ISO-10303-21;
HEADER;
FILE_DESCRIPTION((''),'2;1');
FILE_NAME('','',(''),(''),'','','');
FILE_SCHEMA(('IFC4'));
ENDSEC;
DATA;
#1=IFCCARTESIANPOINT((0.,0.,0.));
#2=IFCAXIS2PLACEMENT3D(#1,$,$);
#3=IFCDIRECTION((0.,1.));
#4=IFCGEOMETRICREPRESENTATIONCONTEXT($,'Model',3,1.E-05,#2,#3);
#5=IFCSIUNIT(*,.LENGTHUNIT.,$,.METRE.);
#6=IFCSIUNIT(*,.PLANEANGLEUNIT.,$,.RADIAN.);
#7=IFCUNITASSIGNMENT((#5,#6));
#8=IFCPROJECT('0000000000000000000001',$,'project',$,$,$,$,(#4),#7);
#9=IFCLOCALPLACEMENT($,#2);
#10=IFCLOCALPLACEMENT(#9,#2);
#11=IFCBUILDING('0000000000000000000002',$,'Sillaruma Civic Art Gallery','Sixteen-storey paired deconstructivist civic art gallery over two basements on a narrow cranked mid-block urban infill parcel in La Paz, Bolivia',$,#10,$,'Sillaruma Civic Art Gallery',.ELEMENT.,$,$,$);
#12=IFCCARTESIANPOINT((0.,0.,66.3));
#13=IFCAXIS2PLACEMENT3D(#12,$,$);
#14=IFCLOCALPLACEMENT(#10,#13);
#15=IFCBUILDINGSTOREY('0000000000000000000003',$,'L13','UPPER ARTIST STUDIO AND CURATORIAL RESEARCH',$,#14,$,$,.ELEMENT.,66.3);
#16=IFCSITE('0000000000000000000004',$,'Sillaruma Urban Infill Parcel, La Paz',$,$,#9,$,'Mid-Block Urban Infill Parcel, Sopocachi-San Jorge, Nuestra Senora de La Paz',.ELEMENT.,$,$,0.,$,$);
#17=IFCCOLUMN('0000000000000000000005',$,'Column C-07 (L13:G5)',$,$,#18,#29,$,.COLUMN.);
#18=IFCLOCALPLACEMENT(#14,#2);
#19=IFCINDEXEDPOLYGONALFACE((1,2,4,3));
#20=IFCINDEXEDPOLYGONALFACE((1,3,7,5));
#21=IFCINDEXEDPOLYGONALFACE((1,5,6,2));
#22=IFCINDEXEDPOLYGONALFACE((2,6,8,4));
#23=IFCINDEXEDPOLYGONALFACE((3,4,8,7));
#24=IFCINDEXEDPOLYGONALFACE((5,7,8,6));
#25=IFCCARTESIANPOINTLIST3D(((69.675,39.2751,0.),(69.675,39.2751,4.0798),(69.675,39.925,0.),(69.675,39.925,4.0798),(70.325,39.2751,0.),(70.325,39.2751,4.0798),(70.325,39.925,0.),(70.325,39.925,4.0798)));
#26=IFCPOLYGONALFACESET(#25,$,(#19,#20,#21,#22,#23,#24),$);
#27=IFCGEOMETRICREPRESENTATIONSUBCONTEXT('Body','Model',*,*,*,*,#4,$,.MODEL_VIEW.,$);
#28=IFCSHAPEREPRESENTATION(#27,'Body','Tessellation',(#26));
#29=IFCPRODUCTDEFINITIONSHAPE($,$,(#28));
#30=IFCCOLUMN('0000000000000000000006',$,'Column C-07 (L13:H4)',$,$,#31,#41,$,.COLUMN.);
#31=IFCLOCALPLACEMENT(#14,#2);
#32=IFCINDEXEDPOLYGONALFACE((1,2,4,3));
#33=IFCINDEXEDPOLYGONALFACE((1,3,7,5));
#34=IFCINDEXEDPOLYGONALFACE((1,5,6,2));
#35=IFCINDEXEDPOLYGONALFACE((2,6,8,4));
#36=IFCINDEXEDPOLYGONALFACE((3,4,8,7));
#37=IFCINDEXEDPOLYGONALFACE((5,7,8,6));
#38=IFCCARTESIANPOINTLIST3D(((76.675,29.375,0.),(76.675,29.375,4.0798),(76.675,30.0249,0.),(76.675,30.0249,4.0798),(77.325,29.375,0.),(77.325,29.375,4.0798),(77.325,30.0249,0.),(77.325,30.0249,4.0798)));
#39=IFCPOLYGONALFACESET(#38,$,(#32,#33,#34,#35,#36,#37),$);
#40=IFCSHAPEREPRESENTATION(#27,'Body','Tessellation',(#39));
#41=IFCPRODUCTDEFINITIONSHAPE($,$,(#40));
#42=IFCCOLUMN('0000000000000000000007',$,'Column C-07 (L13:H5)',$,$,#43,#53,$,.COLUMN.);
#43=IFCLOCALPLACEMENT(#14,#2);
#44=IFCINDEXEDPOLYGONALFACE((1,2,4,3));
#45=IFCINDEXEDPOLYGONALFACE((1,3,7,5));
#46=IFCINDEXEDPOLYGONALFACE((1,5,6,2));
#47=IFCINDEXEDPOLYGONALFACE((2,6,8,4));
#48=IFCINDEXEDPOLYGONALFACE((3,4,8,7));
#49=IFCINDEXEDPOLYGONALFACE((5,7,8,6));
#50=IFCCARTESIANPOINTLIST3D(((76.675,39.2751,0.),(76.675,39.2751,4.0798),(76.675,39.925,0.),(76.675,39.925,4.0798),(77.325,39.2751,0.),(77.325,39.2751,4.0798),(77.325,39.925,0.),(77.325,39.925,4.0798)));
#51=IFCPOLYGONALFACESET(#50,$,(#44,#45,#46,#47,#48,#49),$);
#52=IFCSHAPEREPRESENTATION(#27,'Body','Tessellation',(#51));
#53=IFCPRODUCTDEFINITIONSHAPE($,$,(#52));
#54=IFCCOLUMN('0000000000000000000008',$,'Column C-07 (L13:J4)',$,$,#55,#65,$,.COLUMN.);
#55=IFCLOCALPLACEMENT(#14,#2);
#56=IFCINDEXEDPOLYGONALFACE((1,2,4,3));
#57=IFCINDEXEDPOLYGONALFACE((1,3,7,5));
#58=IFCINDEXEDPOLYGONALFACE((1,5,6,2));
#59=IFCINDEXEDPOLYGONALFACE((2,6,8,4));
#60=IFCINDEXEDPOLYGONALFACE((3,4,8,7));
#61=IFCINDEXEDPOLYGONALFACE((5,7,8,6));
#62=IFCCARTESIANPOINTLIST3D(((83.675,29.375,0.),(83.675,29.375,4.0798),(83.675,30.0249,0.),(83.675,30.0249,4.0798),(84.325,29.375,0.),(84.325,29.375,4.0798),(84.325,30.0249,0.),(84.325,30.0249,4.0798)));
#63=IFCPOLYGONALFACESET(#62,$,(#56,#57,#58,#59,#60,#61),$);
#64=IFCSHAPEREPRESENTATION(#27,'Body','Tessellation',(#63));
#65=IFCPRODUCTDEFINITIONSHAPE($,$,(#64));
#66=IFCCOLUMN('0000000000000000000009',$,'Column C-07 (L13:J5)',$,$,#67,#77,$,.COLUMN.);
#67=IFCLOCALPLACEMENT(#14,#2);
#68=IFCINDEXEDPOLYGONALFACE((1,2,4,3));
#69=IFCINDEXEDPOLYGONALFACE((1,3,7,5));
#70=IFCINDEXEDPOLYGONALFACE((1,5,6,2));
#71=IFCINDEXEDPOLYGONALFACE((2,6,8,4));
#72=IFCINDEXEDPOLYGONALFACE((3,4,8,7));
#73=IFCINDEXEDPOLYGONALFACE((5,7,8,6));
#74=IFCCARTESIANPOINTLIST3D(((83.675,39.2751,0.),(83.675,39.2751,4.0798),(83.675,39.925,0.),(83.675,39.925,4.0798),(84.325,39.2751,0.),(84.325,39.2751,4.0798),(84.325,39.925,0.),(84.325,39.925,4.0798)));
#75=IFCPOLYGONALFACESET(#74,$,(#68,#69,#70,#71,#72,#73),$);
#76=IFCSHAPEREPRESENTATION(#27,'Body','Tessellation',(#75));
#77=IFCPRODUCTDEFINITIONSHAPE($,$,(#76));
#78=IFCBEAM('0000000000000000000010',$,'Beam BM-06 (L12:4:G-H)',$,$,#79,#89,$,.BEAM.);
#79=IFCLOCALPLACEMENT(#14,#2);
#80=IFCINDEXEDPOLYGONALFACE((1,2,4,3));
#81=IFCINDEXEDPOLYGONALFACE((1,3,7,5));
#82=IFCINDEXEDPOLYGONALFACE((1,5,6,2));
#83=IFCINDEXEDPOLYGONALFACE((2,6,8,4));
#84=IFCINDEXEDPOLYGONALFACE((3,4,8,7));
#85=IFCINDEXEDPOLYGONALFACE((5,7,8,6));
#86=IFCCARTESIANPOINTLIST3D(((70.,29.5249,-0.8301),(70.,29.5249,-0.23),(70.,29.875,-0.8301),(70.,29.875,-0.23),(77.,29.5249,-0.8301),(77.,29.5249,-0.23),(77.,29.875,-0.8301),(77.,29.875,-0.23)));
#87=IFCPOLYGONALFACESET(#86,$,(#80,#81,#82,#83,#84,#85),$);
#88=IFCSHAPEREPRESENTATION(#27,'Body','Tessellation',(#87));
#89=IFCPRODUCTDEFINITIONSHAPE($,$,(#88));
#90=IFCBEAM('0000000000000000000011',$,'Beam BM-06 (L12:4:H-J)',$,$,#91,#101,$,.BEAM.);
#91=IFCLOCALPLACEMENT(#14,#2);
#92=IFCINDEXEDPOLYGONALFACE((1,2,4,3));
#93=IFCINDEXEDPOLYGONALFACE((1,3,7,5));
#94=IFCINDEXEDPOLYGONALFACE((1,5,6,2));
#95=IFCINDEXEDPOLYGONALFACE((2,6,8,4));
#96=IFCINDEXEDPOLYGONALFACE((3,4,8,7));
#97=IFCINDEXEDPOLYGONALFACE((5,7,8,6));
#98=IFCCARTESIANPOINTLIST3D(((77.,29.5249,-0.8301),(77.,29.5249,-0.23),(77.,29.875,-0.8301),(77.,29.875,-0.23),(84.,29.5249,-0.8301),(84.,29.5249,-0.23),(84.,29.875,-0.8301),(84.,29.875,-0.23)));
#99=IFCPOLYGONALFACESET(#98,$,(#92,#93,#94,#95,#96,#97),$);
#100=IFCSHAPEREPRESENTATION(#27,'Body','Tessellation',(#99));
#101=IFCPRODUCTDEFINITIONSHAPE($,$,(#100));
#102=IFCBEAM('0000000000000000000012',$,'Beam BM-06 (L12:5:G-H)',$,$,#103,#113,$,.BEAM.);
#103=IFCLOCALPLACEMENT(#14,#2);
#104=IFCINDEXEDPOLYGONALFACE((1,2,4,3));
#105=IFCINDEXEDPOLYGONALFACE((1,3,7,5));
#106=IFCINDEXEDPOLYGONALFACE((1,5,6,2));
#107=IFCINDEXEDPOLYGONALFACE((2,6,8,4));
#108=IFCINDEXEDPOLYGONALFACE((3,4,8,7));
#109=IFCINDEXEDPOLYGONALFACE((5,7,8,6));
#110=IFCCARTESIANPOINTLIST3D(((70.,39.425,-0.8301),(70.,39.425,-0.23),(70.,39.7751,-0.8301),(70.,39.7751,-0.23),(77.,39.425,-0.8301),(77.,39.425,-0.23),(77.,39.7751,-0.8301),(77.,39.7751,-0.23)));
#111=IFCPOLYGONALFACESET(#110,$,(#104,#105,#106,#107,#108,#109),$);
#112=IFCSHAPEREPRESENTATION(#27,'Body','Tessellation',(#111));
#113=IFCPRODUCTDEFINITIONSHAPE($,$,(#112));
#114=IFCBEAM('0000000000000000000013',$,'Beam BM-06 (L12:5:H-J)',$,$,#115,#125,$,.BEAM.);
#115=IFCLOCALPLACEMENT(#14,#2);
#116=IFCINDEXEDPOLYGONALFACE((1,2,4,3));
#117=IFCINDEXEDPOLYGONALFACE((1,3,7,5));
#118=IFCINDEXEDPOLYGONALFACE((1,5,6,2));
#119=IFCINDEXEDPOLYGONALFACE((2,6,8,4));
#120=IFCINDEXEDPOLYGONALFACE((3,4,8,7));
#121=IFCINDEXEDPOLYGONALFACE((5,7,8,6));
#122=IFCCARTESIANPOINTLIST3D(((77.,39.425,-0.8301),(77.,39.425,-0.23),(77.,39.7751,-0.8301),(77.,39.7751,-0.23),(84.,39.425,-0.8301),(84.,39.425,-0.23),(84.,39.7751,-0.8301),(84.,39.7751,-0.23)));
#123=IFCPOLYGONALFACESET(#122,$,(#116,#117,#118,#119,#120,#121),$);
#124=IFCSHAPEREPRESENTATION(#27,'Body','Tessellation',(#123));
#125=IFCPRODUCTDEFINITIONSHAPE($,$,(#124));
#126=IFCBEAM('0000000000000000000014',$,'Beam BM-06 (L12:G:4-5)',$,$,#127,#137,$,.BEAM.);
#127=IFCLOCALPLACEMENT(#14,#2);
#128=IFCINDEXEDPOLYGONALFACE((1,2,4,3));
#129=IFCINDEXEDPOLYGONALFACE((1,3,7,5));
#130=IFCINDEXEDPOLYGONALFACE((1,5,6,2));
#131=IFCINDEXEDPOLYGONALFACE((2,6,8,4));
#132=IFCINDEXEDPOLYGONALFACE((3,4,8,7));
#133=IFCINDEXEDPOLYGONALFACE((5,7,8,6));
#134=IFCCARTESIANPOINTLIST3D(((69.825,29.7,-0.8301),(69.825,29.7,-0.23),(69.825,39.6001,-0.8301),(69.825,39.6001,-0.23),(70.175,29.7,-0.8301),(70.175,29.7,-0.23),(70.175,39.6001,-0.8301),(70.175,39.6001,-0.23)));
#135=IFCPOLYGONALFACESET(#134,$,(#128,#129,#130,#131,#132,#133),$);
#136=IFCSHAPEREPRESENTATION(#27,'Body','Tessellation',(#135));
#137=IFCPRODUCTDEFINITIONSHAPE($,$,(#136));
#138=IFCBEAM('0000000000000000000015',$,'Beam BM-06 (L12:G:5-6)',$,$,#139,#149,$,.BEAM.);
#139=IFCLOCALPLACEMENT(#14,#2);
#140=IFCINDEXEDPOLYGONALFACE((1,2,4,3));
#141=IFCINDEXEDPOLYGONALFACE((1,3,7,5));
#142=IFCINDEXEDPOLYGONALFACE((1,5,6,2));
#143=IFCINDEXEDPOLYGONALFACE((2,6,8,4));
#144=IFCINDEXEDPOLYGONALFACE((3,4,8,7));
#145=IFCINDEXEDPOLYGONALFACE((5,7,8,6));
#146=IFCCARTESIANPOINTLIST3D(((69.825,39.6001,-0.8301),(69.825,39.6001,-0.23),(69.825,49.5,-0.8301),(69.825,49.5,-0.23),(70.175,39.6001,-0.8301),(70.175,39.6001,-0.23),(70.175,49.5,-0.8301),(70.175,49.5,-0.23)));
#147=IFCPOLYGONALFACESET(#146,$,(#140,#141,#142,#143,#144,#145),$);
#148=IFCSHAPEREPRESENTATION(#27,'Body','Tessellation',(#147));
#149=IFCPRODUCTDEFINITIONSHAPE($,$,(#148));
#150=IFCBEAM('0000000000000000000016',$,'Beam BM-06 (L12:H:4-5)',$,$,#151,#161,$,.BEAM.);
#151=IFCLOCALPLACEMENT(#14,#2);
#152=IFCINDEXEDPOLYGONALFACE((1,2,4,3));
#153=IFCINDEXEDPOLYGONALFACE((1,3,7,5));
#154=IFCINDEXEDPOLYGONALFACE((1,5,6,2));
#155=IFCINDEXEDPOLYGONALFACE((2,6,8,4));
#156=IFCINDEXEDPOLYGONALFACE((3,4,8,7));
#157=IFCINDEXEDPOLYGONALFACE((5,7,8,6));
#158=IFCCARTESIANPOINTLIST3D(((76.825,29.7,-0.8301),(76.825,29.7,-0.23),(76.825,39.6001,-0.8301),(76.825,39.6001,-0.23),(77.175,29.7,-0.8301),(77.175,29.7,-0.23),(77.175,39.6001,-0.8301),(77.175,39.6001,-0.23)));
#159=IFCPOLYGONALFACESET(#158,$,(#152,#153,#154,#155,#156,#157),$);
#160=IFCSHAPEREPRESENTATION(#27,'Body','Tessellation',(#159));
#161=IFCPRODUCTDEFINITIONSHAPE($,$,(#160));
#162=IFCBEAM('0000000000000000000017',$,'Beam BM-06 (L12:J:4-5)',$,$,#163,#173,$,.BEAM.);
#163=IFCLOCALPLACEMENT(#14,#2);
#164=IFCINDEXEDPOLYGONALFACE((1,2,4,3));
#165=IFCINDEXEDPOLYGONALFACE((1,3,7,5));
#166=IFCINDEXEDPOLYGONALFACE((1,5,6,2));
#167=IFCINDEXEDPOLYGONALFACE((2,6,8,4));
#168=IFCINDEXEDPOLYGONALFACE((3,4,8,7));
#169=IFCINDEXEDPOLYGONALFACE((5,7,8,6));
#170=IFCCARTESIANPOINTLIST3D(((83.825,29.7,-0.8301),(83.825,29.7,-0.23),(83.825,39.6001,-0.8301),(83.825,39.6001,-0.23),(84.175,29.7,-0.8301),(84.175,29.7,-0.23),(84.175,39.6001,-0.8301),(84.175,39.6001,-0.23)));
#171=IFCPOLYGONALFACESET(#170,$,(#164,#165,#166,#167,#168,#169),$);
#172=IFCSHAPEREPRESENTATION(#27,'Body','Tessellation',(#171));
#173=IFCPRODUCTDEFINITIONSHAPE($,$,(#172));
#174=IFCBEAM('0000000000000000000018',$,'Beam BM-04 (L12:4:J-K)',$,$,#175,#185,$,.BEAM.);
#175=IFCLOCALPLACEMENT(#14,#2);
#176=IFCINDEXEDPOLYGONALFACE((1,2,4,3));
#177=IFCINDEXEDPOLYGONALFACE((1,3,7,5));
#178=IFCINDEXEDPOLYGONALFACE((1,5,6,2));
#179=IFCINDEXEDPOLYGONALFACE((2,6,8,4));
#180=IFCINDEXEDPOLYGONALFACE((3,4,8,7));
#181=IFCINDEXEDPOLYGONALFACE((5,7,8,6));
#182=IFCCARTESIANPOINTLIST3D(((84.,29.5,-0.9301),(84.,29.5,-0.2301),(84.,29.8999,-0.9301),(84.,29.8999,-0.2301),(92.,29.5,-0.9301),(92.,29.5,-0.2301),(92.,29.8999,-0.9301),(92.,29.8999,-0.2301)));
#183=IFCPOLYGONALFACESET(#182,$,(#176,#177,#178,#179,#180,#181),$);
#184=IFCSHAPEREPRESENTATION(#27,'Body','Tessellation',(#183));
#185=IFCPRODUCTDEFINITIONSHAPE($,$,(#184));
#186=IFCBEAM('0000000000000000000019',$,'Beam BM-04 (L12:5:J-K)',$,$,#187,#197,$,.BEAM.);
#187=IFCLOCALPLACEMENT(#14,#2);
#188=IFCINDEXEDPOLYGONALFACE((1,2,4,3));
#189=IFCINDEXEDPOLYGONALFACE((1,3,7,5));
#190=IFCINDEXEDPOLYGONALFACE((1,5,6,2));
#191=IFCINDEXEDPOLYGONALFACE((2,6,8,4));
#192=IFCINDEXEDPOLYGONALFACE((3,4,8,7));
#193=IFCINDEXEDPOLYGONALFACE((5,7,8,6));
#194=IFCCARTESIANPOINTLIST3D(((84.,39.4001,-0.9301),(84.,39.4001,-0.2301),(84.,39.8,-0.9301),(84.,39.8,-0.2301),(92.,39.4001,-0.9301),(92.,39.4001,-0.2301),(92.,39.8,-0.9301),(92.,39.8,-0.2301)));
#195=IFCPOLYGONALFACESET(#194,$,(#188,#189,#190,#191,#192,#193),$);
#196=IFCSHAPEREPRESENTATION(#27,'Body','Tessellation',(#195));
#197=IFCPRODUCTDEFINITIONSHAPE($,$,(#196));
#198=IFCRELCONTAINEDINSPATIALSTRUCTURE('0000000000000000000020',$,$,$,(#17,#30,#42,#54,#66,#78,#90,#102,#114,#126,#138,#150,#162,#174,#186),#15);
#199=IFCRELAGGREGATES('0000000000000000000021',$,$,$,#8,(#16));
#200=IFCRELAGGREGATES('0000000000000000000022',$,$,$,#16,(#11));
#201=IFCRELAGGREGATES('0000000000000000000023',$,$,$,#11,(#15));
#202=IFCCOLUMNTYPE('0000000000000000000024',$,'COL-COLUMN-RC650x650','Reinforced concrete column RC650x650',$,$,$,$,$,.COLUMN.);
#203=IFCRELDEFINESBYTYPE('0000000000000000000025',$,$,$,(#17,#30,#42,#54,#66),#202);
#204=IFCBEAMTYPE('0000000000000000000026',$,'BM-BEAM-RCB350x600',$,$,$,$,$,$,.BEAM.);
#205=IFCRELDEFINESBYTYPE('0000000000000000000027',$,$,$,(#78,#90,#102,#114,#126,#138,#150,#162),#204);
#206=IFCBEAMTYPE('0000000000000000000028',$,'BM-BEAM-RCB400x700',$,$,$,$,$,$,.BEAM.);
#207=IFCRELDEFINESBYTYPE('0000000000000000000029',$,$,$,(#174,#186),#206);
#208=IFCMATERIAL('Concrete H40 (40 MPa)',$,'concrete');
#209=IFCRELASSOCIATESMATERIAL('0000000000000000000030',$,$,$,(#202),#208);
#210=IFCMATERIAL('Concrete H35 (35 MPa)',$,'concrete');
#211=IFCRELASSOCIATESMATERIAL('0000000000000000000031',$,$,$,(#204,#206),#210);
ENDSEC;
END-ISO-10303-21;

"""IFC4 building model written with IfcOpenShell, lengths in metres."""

from ifc_helpers import new_model, si_unit, direction, frame, origin, origin_2d, place, context, subcontext, project, spatial, rectangle, extrude, material, material_profile, profile_set, type_object, element, save


model = new_model("IFC4")

# Units and contexts
model_context = context("Model", 3, precision=1e-05, world=origin(), true_north=direction((0.0, 1.0)))
body_context = subcontext(model_context, "Body", "Model", "MODEL_VIEW")
ifc_project = project(units=[si_unit("LENGTHUNIT", "METRE"), si_unit("PLANEANGLEUNIT", "RADIAN")], contexts=[model_context])

# Site, building, storey
site_placement = place(None, origin())
site = spatial("IfcSite", under=ifc_project, at=site_placement, Name="Sillaruma Urban Infill Parcel, La Paz", LongName="Mid-Block Urban Infill Parcel, Sopocachi-San Jorge, Nuestra Senora de La Paz", CompositionType="ELEMENT", RefElevation=0.0)
building_placement = place(site_placement, origin())
building = spatial("IfcBuilding", under=site, at=building_placement, Name="Sillaruma Civic Art Gallery", Description="Sixteen-storey paired deconstructivist civic art gallery over two basements on a narrow cranked mid-block urban infill parcel in La Paz, Bolivia", LongName="Sillaruma Civic Art Gallery", CompositionType="ELEMENT")
storey_placement = place(building_placement, frame((0.0, 0.0, 66.3)))
storey = spatial("IfcBuildingStorey", under=building, at=storey_placement, Name="L13", Description="UPPER ARTIST STUDIO AND CURATORIAL RESEARCH", CompositionType="ELEMENT", Elevation=66.3)

# Columns
ifc_material_1 = material(Name="Concrete H40 (40 MPa)", Category="concrete")
ifc_material_profile_1 = material_profile(ifc_material_1, rectangle(XDim=0.6499, YDim=0.6499, at=origin_2d()), Name="RC650x650")
ifc_profile_set_1 = profile_set([ifc_material_profile_1], Name="Concrete H40 (40 MPa)")
column_type = type_object("IfcColumnType", Name="COL-COLUMN-RC650x650", Description="Reinforced concrete column RC650x650", PredefinedType="COLUMN", material=ifc_profile_set_1)
for number, where, z_axis, x_axis, name in (
    (1, (70.0, 39.6001, 0.0), (0.0, 0.0, 1.0), (1.0, 0.0, 0.0), "Column C-07 (L13:G5)"),
    (2, (77.0, 29.7, 0.0), (0.0, 0.0, 1.0), (1.0, 0.0, 0.0), "Column C-07 (L13:H4)"),
    (3, (77.0, 39.6001, 0.0), (0.0, 0.0, 1.0), (1.0, 0.0, 0.0), "Column C-07 (L13:H5)"),
    (4, (84.0, 29.7, 0.0), (0.0, 0.0, 1.0), (1.0, 0.0, 0.0), "Column C-07 (L13:J4)"),
    (5, (84.0, 39.6001, 0.0), (0.0, 0.0, 1.0), (1.0, 0.0, 0.0), "Column C-07 (L13:J5)"),
):
    element("IfcColumn", number, at=place(storey_placement, frame(where, z_axis=z_axis, x_axis=x_axis)), inside=storey, type_object=column_type, Name=name, PredefinedType="COLUMN", context=body_context, shape_type="SweptSolid", body=[
        extrude(rectangle(XDim=0.6499, YDim=0.6499, at=origin_2d()), origin(), (0.0, 0.0, 1.0), 4.0798),
    ])

# Beams
ifc_material_2 = material(Name="Concrete H35 (35 MPa)", Category="concrete")
ifc_material_profile_2 = material_profile(ifc_material_2, rectangle(XDim=0.3501, YDim=0.6001, at=origin_2d()), Name="RCB350x600")
ifc_profile_set_2 = profile_set([ifc_material_profile_2], Name="Concrete H35 (35 MPa)")
beam_type_1 = type_object("IfcBeamType", Name="BM-BEAM-RCB350x600", PredefinedType="BEAM", material=ifc_profile_set_2)
for number, where, z_axis, x_axis, name in (
    (6, (70.0, 29.7, -0.53), (1.0, 0.0, 0.0), (0.0, 1.0, 0.0), "Beam BM-06 (L12:4:G-H)"),
    (7, (77.0, 29.7, -0.53), (1.0, 0.0, 0.0), (0.0, 1.0, 0.0), "Beam BM-06 (L12:4:H-J)"),
    (8, (70.0, 39.6001, -0.53), (1.0, 0.0, 0.0), (0.0, 1.0, 0.0), "Beam BM-06 (L12:5:G-H)"),
    (9, (77.0, 39.6001, -0.53), (1.0, 0.0, 0.0), (0.0, 1.0, 0.0), "Beam BM-06 (L12:5:H-J)"),
):
    element("IfcBeam", number, at=place(storey_placement, frame(where, z_axis=z_axis, x_axis=x_axis)), inside=storey, type_object=beam_type_1, Name=name, PredefinedType="BEAM", context=body_context, shape_type="SweptSolid", body=[
        extrude(rectangle(XDim=0.3501, YDim=0.6001, at=origin_2d()), origin(), (0.0, 0.0, 1.0), 7.0),
    ])
beam_1_placement = place(storey_placement, frame((70.0, 29.7, -0.53), z_axis=(0.0, 1.0, 0.0), x_axis=(-1.0, 0.0, 0.0)))
element("IfcBeam", 10, at=beam_1_placement, inside=storey, type_object=beam_type_1, Name="Beam BM-06 (L12:G:4-5)", PredefinedType="BEAM", context=body_context, shape_type="SweptSolid", body=[
    extrude(rectangle(XDim=0.3501, YDim=0.6001, at=origin_2d()), origin(), (0.0, 0.0, 1.0), 9.9001),
])
beam_2_placement = place(storey_placement, frame((70.0, 39.6001, -0.53), z_axis=(0.0, 1.0, 0.0), x_axis=(-1.0, 0.0, 0.0)))
element("IfcBeam", 11, at=beam_2_placement, inside=storey, type_object=beam_type_1, Name="Beam BM-06 (L12:G:5-6)", PredefinedType="BEAM", context=body_context, shape_type="SweptSolid", body=[
    extrude(rectangle(XDim=0.3501, YDim=0.6001, at=origin_2d()), origin(), (0.0, 0.0, 1.0), 9.8999),
])
for number, where, z_axis, x_axis, name in (
    (12, (77.0, 29.7, -0.53), (0.0, 1.0, 0.0), (-1.0, 0.0, 0.0), "Beam BM-06 (L12:H:4-5)"),
    (13, (84.0, 29.7, -0.53), (0.0, 1.0, 0.0), (-1.0, 0.0, 0.0), "Beam BM-06 (L12:J:4-5)"),
):
    element("IfcBeam", number, at=place(storey_placement, frame(where, z_axis=z_axis, x_axis=x_axis)), inside=storey, type_object=beam_type_1, Name=name, PredefinedType="BEAM", context=body_context, shape_type="SweptSolid", body=[
        extrude(rectangle(XDim=0.3501, YDim=0.6001, at=origin_2d()), origin(), (0.0, 0.0, 1.0), 9.9001),
    ])
ifc_material_profile_3 = material_profile(ifc_material_2, rectangle(XDim=0.3999, YDim=0.7, at=origin_2d()), Name="RCB400x700")
ifc_profile_set_3 = profile_set([ifc_material_profile_3], Name="Concrete H35 (35 MPa)")
beam_type_2 = type_object("IfcBeamType", Name="BM-BEAM-RCB400x700", PredefinedType="BEAM", material=ifc_profile_set_3)
for number, where, z_axis, x_axis, name in (
    (14, (84.0, 29.7, -0.5801), (1.0, 0.0, 0.0), (0.0, 1.0, 0.0), "Beam BM-04 (L12:4:J-K)"),
    (15, (84.0, 39.6001, -0.5801), (1.0, 0.0, 0.0), (0.0, 1.0, 0.0), "Beam BM-04 (L12:5:J-K)"),
):
    element("IfcBeam", number, at=place(storey_placement, frame(where, z_axis=z_axis, x_axis=x_axis)), inside=storey, type_object=beam_type_2, Name=name, PredefinedType="BEAM", context=body_context, shape_type="SweptSolid", body=[
        extrude(rectangle(XDim=0.3999, YDim=0.7, at=origin_2d()), origin(), (0.0, 0.0, 1.0), 8.0),
    ])

save(model, "model.ifc")
